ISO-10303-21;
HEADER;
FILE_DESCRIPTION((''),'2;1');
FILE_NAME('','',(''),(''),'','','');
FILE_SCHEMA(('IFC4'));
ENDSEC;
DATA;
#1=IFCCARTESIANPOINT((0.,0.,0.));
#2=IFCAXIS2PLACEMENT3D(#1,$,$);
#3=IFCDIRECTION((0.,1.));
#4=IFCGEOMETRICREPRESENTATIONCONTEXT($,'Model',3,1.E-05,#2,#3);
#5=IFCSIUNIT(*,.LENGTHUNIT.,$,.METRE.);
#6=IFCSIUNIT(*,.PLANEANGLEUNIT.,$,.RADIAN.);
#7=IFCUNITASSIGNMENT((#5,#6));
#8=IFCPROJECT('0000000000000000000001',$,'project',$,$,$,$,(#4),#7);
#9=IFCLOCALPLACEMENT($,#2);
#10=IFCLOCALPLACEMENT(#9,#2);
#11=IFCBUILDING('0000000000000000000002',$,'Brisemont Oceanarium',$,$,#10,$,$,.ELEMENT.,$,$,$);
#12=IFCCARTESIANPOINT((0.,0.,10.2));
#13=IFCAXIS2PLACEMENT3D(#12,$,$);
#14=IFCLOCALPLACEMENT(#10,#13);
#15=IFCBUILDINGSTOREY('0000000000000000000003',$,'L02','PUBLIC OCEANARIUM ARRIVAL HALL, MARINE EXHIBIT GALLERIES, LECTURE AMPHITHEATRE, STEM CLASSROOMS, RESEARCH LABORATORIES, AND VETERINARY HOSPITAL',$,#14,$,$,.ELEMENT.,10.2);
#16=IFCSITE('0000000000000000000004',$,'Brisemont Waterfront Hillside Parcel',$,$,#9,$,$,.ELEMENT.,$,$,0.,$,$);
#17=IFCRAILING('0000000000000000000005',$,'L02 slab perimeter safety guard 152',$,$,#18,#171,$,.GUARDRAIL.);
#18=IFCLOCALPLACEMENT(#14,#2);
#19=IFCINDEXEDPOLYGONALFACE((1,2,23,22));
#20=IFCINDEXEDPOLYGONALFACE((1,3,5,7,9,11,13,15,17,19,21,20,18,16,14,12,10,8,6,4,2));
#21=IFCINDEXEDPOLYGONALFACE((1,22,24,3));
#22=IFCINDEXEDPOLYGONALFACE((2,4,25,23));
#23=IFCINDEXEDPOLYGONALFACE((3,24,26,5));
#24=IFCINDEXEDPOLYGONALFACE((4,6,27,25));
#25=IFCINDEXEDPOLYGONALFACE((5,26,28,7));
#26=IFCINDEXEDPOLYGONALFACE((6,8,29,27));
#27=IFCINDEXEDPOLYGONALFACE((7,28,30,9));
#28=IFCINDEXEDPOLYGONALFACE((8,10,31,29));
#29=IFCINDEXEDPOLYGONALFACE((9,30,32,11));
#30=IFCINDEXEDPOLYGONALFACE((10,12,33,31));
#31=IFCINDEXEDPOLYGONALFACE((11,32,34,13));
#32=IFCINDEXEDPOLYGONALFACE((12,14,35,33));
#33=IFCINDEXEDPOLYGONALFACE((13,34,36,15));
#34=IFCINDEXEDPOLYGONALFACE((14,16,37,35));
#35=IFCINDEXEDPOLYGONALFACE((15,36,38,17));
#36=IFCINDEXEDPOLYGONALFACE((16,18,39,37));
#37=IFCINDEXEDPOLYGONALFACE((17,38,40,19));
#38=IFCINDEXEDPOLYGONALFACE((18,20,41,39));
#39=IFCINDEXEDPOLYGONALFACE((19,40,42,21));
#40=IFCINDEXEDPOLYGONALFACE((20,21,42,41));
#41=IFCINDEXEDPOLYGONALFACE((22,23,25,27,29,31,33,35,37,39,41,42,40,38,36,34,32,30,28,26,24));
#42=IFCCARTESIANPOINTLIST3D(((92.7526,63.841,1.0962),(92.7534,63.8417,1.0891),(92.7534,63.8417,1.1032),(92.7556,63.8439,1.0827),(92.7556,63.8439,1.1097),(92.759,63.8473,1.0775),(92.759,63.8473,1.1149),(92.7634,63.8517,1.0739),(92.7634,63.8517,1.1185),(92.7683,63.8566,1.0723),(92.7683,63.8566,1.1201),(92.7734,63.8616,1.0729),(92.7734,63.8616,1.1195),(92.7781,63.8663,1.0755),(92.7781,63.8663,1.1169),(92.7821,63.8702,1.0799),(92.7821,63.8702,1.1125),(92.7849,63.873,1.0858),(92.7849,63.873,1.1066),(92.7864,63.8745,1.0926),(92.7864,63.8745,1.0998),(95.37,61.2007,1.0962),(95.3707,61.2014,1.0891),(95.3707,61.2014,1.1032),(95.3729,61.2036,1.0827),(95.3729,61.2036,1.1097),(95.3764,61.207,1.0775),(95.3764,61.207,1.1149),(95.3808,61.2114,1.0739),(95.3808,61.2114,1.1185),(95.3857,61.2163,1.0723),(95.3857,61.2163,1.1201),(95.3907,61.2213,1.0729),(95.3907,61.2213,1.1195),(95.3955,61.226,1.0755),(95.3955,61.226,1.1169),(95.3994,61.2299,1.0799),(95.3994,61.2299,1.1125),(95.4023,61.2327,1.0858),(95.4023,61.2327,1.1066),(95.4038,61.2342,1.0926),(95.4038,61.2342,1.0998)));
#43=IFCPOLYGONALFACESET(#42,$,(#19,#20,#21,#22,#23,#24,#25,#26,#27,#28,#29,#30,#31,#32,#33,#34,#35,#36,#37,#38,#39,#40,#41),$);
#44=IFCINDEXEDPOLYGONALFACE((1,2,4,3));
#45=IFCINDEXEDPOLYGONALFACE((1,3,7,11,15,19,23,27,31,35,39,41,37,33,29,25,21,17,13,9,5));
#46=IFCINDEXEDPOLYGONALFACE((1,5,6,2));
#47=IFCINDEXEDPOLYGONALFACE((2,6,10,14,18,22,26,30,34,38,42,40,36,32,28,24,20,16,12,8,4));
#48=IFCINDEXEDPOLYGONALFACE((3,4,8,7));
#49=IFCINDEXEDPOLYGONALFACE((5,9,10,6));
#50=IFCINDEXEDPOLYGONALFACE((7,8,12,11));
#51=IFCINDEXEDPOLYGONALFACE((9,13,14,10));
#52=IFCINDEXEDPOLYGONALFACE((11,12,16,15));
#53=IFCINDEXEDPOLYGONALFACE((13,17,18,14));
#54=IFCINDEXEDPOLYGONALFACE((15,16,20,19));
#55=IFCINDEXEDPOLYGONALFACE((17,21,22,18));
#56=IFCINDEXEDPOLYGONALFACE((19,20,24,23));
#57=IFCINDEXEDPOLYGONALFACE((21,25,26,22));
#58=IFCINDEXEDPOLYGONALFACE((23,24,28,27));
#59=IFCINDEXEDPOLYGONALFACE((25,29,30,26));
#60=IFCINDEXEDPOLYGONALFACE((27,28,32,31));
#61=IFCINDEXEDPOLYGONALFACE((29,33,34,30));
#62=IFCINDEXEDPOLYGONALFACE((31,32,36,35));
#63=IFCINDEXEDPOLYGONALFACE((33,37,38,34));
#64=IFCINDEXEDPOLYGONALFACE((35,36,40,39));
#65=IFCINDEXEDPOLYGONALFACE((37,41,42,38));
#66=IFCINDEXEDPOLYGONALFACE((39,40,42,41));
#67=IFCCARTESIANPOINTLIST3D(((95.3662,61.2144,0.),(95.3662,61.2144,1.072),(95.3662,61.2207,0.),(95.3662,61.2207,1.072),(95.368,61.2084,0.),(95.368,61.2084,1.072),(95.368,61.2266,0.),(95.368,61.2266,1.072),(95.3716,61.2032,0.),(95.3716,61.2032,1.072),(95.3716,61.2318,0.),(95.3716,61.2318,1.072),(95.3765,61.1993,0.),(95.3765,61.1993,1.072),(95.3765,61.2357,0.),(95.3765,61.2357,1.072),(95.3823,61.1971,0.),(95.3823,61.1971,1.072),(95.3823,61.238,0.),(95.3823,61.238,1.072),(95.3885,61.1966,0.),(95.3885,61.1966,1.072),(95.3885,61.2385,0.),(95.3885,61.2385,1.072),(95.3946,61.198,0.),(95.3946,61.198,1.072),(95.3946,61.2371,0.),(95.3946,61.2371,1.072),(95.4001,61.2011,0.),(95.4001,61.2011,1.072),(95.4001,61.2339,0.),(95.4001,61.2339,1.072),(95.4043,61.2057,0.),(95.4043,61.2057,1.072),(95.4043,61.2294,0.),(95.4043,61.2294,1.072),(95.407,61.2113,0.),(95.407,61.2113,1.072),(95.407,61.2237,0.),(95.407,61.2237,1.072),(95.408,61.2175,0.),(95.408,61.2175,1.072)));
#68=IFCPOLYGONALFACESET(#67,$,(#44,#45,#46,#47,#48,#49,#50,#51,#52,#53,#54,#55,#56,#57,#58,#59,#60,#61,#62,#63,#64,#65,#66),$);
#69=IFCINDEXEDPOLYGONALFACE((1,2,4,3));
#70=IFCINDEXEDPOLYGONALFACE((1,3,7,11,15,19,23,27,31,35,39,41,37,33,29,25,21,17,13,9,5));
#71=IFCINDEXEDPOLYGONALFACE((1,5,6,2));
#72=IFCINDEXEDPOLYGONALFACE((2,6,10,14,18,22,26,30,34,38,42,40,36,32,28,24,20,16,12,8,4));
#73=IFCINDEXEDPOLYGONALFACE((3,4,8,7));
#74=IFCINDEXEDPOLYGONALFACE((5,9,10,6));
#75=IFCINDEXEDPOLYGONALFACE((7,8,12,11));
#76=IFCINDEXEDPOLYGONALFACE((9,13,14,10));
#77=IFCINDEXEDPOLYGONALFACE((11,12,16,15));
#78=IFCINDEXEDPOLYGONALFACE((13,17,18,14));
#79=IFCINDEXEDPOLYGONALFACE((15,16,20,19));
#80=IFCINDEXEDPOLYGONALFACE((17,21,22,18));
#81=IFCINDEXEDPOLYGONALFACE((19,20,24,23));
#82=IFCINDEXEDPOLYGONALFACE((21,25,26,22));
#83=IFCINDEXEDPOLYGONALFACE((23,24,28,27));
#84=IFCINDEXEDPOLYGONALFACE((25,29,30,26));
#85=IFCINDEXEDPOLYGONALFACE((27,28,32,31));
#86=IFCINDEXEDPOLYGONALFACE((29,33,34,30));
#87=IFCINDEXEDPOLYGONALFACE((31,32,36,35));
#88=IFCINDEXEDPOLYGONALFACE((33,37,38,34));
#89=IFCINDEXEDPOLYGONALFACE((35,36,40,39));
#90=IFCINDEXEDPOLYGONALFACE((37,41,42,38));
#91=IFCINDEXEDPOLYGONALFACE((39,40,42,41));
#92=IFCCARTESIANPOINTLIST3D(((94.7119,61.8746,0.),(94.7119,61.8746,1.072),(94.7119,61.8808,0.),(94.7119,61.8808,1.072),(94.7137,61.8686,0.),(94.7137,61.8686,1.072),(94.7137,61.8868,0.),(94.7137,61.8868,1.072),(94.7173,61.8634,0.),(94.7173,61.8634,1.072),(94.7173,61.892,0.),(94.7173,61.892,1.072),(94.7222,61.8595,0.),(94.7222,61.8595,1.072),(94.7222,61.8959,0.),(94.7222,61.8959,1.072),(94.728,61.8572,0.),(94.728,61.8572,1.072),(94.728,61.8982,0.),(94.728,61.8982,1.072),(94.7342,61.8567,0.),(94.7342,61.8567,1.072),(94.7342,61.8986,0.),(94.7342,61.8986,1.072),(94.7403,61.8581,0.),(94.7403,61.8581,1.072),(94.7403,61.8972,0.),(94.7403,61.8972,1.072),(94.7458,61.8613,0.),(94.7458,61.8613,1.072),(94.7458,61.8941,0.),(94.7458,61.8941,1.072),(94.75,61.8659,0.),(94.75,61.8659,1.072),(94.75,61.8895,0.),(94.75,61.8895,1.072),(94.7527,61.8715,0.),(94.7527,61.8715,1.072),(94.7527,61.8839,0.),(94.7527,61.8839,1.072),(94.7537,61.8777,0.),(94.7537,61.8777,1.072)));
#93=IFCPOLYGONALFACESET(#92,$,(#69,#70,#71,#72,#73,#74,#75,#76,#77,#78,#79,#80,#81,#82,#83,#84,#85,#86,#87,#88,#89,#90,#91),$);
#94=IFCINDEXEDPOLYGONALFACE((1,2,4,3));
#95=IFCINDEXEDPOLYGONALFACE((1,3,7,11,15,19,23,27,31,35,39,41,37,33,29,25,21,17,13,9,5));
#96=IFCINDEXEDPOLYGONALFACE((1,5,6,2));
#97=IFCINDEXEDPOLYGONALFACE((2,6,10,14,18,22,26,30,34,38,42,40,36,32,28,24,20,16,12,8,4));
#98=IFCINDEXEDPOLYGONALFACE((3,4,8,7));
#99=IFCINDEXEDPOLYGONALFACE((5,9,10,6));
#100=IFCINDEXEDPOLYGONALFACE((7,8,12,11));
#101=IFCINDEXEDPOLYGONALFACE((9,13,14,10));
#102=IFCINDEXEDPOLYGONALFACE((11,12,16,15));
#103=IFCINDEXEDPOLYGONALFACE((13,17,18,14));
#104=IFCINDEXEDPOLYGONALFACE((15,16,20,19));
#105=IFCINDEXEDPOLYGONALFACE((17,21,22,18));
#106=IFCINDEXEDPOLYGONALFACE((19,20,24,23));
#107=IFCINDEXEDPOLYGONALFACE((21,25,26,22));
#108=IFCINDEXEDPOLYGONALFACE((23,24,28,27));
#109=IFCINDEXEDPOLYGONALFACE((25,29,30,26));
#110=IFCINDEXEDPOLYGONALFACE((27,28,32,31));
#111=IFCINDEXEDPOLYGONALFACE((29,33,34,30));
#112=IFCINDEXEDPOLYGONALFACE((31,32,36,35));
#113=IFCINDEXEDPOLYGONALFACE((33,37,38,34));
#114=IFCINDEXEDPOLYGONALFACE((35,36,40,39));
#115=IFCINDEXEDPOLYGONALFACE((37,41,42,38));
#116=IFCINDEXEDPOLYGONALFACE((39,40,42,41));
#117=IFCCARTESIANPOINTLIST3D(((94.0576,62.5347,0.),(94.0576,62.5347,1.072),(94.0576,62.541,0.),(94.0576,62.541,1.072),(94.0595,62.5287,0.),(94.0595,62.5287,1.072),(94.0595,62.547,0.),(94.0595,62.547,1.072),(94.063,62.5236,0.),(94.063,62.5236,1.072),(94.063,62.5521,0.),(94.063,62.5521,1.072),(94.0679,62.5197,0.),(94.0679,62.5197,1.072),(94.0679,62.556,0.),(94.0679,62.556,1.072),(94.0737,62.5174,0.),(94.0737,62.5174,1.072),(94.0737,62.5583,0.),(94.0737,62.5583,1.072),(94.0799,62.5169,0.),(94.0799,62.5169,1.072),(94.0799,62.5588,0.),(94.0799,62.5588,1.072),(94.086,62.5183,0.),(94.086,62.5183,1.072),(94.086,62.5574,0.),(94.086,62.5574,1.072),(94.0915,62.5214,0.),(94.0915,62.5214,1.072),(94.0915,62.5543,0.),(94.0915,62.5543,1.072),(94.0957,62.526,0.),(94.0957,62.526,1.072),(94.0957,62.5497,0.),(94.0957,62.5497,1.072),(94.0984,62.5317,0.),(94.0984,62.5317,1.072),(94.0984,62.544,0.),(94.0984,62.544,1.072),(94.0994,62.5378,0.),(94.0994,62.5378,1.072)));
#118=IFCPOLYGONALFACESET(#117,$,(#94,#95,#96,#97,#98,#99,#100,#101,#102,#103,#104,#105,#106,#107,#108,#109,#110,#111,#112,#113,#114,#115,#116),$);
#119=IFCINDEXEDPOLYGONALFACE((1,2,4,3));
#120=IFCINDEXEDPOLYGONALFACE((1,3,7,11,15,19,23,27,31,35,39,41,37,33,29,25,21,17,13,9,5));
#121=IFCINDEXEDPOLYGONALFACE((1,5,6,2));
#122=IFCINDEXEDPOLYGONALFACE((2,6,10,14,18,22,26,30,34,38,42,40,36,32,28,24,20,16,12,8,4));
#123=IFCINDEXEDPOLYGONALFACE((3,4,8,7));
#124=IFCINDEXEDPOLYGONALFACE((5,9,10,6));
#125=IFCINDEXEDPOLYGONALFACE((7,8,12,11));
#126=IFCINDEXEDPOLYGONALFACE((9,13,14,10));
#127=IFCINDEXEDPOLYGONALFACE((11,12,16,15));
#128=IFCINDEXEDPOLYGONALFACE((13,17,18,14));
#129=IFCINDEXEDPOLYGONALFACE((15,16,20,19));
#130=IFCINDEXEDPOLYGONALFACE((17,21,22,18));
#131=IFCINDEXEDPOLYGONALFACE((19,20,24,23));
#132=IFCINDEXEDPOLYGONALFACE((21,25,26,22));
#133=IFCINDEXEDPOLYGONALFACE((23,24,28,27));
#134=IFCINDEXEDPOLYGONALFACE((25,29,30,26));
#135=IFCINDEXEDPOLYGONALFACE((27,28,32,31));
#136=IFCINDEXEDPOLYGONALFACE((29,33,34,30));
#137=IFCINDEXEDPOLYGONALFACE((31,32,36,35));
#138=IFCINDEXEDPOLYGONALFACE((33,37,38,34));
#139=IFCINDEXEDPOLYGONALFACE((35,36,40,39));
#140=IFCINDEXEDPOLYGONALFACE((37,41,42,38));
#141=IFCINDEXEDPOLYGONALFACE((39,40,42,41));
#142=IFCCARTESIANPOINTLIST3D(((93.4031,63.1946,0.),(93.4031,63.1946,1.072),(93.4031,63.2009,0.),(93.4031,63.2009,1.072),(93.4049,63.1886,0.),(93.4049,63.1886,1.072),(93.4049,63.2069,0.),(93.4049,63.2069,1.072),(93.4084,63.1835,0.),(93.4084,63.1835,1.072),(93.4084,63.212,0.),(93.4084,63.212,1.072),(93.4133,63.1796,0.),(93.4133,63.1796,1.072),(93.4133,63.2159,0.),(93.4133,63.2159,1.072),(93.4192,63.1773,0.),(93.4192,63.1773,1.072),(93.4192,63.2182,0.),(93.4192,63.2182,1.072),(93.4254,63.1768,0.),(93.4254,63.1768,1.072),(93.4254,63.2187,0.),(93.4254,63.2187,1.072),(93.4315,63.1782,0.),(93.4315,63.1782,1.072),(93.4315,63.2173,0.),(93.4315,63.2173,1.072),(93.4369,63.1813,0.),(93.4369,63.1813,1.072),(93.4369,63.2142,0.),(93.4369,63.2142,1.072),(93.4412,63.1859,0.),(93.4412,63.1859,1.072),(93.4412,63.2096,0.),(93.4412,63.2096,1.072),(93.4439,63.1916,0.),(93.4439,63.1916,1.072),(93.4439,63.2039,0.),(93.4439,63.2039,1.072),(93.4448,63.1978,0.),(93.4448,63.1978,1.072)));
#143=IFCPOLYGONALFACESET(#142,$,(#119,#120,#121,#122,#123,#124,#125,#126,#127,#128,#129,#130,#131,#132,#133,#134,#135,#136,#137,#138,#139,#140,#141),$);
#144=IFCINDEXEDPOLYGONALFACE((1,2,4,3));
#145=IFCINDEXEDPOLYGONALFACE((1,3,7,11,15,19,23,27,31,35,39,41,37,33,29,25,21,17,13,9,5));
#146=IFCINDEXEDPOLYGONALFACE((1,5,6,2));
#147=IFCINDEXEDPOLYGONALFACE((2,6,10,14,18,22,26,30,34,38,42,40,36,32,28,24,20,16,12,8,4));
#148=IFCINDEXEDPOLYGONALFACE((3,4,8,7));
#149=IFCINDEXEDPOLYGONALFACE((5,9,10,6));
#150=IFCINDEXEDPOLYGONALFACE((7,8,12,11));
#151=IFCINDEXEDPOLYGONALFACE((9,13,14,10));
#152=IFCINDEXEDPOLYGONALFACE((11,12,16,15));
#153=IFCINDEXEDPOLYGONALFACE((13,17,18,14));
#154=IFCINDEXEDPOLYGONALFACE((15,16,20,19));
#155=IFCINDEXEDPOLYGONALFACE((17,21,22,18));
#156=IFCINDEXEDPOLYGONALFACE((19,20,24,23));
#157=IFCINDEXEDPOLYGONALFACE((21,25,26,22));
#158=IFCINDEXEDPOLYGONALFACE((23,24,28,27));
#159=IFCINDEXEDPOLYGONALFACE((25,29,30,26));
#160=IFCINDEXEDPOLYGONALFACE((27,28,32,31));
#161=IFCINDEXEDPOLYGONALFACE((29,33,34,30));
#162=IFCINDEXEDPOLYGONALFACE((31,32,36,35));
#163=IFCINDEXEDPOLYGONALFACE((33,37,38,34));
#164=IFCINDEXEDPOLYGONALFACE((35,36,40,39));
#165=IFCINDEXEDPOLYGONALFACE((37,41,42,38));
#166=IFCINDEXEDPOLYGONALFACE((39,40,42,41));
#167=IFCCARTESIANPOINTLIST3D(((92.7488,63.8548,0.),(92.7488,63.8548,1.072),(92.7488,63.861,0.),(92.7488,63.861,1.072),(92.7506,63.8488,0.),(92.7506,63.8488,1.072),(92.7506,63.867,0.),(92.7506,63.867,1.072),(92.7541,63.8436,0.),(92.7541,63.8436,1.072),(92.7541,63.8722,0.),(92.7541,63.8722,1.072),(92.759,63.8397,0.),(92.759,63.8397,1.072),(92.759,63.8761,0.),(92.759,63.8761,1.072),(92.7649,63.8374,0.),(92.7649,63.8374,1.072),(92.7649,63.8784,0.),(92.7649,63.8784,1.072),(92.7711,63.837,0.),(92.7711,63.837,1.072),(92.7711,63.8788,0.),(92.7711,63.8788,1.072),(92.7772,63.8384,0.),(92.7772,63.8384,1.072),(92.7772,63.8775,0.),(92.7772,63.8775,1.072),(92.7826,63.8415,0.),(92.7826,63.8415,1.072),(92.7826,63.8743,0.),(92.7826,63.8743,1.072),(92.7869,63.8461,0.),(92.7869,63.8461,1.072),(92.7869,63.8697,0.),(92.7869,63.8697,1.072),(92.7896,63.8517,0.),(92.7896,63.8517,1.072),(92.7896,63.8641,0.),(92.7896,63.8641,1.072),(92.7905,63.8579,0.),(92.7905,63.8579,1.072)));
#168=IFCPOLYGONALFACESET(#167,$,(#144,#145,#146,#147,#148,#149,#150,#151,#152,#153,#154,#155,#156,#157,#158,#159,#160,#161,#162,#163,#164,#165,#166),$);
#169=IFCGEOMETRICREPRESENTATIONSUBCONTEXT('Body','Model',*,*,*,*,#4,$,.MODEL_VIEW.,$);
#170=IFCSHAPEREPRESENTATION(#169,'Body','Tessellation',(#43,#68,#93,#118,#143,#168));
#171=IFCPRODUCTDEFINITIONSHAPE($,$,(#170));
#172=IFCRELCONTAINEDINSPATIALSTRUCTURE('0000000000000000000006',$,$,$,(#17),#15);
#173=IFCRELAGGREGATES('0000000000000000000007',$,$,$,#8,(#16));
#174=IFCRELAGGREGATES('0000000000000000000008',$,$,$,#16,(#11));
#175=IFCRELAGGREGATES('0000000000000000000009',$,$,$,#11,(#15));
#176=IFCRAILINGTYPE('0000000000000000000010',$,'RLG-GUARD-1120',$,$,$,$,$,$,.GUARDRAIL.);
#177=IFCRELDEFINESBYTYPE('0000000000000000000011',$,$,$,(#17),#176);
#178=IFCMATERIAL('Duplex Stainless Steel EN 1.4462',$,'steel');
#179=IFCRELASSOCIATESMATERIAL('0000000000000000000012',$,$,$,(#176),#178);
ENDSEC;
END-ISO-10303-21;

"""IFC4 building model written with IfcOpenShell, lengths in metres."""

from ifc_helpers import new_model, si_unit, direction, frame, origin, origin_2d, place, context, subcontext, project, spatial, circle, extrude, material, type_object, element, save


model = new_model("IFC4")

# Units and contexts
model_context = context("Model", 3, precision=1e-05, world=origin(), true_north=direction((0.0, 1.0)))
body_context = subcontext(model_context, "Body", "Model", "MODEL_VIEW")
ifc_project = project(units=[si_unit("LENGTHUNIT", "METRE"), si_unit("PLANEANGLEUNIT", "RADIAN")], contexts=[model_context])

# Site, building, storey
site_placement = place(None, origin())
site = spatial("IfcSite", under=ifc_project, at=site_placement, Name="Brisemont Waterfront Hillside Parcel", CompositionType="ELEMENT", RefElevation=0.0)
building_placement = place(site_placement, origin())
building = spatial("IfcBuilding", under=site, at=building_placement, Name="Brisemont Oceanarium", CompositionType="ELEMENT")
storey_placement = place(building_placement, frame((0.0, 0.0, 10.2)))
storey = spatial("IfcBuildingStorey", under=building, at=storey_placement, Name="L02", Description="PUBLIC OCEANARIUM ARRIVAL HALL, MARINE EXHIBIT GALLERIES, LECTURE AMPHITHEATRE, STEM CLASSROOMS, RESEARCH LABORATORIES, AND VETERINARY HOSPITAL", CompositionType="ELEMENT", Elevation=10.2)

# Railing
ifc_material_1 = material(Name="Duplex Stainless Steel EN 1.4462", Category="steel")
railing_type_1 = type_object("IfcRailingType", Name="RLG-GUARD-1120", PredefinedType="GUARDRAIL", material=ifc_material_1)
railing_1_placement = place(storey_placement, frame((95.387, 61.2175, 0.0)))
element("IfcRailing", 1, at=railing_1_placement, inside=storey, type_object=railing_type_1, Name="L02 slab perimeter safety guard 152", PredefinedType="GUARDRAIL", context=body_context, shape_type="SweptSolid", body=[
    extrude(circle(Radius=0.0239, at=origin_2d()), frame((0.0, 0.0, 1.0962), z_axis=(-0.704014, 0.710186, 0.0), x_axis=(-0.710186, -0.704014, 0.0)), (0.0, 0.0, 1.0), 3.7178),
    extrude(circle(Radius=0.021, at=origin_2d()), origin(), (0.0, 0.0, 1.0), 1.072),
    extrude(circle(Radius=0.021, at=origin_2d()), frame((-0.6543, 0.6602, 0.0)), (0.0, 0.0, 1.0), 1.072),
    extrude(circle(Radius=0.021, at=origin_2d()), frame((-1.3086, 1.3203, 0.0)), (0.0, 0.0, 1.0), 1.072),
    extrude(circle(Radius=0.021, at=origin_2d()), frame((-1.9631, 1.9802, 0.0)), (0.0, 0.0, 1.0), 1.072),
    extrude(circle(Radius=0.021, at=origin_2d()), frame((-2.6174, 2.6404, 0.0)), (0.0, 0.0, 1.0), 1.072),
])

save(model, "model.ifc")
